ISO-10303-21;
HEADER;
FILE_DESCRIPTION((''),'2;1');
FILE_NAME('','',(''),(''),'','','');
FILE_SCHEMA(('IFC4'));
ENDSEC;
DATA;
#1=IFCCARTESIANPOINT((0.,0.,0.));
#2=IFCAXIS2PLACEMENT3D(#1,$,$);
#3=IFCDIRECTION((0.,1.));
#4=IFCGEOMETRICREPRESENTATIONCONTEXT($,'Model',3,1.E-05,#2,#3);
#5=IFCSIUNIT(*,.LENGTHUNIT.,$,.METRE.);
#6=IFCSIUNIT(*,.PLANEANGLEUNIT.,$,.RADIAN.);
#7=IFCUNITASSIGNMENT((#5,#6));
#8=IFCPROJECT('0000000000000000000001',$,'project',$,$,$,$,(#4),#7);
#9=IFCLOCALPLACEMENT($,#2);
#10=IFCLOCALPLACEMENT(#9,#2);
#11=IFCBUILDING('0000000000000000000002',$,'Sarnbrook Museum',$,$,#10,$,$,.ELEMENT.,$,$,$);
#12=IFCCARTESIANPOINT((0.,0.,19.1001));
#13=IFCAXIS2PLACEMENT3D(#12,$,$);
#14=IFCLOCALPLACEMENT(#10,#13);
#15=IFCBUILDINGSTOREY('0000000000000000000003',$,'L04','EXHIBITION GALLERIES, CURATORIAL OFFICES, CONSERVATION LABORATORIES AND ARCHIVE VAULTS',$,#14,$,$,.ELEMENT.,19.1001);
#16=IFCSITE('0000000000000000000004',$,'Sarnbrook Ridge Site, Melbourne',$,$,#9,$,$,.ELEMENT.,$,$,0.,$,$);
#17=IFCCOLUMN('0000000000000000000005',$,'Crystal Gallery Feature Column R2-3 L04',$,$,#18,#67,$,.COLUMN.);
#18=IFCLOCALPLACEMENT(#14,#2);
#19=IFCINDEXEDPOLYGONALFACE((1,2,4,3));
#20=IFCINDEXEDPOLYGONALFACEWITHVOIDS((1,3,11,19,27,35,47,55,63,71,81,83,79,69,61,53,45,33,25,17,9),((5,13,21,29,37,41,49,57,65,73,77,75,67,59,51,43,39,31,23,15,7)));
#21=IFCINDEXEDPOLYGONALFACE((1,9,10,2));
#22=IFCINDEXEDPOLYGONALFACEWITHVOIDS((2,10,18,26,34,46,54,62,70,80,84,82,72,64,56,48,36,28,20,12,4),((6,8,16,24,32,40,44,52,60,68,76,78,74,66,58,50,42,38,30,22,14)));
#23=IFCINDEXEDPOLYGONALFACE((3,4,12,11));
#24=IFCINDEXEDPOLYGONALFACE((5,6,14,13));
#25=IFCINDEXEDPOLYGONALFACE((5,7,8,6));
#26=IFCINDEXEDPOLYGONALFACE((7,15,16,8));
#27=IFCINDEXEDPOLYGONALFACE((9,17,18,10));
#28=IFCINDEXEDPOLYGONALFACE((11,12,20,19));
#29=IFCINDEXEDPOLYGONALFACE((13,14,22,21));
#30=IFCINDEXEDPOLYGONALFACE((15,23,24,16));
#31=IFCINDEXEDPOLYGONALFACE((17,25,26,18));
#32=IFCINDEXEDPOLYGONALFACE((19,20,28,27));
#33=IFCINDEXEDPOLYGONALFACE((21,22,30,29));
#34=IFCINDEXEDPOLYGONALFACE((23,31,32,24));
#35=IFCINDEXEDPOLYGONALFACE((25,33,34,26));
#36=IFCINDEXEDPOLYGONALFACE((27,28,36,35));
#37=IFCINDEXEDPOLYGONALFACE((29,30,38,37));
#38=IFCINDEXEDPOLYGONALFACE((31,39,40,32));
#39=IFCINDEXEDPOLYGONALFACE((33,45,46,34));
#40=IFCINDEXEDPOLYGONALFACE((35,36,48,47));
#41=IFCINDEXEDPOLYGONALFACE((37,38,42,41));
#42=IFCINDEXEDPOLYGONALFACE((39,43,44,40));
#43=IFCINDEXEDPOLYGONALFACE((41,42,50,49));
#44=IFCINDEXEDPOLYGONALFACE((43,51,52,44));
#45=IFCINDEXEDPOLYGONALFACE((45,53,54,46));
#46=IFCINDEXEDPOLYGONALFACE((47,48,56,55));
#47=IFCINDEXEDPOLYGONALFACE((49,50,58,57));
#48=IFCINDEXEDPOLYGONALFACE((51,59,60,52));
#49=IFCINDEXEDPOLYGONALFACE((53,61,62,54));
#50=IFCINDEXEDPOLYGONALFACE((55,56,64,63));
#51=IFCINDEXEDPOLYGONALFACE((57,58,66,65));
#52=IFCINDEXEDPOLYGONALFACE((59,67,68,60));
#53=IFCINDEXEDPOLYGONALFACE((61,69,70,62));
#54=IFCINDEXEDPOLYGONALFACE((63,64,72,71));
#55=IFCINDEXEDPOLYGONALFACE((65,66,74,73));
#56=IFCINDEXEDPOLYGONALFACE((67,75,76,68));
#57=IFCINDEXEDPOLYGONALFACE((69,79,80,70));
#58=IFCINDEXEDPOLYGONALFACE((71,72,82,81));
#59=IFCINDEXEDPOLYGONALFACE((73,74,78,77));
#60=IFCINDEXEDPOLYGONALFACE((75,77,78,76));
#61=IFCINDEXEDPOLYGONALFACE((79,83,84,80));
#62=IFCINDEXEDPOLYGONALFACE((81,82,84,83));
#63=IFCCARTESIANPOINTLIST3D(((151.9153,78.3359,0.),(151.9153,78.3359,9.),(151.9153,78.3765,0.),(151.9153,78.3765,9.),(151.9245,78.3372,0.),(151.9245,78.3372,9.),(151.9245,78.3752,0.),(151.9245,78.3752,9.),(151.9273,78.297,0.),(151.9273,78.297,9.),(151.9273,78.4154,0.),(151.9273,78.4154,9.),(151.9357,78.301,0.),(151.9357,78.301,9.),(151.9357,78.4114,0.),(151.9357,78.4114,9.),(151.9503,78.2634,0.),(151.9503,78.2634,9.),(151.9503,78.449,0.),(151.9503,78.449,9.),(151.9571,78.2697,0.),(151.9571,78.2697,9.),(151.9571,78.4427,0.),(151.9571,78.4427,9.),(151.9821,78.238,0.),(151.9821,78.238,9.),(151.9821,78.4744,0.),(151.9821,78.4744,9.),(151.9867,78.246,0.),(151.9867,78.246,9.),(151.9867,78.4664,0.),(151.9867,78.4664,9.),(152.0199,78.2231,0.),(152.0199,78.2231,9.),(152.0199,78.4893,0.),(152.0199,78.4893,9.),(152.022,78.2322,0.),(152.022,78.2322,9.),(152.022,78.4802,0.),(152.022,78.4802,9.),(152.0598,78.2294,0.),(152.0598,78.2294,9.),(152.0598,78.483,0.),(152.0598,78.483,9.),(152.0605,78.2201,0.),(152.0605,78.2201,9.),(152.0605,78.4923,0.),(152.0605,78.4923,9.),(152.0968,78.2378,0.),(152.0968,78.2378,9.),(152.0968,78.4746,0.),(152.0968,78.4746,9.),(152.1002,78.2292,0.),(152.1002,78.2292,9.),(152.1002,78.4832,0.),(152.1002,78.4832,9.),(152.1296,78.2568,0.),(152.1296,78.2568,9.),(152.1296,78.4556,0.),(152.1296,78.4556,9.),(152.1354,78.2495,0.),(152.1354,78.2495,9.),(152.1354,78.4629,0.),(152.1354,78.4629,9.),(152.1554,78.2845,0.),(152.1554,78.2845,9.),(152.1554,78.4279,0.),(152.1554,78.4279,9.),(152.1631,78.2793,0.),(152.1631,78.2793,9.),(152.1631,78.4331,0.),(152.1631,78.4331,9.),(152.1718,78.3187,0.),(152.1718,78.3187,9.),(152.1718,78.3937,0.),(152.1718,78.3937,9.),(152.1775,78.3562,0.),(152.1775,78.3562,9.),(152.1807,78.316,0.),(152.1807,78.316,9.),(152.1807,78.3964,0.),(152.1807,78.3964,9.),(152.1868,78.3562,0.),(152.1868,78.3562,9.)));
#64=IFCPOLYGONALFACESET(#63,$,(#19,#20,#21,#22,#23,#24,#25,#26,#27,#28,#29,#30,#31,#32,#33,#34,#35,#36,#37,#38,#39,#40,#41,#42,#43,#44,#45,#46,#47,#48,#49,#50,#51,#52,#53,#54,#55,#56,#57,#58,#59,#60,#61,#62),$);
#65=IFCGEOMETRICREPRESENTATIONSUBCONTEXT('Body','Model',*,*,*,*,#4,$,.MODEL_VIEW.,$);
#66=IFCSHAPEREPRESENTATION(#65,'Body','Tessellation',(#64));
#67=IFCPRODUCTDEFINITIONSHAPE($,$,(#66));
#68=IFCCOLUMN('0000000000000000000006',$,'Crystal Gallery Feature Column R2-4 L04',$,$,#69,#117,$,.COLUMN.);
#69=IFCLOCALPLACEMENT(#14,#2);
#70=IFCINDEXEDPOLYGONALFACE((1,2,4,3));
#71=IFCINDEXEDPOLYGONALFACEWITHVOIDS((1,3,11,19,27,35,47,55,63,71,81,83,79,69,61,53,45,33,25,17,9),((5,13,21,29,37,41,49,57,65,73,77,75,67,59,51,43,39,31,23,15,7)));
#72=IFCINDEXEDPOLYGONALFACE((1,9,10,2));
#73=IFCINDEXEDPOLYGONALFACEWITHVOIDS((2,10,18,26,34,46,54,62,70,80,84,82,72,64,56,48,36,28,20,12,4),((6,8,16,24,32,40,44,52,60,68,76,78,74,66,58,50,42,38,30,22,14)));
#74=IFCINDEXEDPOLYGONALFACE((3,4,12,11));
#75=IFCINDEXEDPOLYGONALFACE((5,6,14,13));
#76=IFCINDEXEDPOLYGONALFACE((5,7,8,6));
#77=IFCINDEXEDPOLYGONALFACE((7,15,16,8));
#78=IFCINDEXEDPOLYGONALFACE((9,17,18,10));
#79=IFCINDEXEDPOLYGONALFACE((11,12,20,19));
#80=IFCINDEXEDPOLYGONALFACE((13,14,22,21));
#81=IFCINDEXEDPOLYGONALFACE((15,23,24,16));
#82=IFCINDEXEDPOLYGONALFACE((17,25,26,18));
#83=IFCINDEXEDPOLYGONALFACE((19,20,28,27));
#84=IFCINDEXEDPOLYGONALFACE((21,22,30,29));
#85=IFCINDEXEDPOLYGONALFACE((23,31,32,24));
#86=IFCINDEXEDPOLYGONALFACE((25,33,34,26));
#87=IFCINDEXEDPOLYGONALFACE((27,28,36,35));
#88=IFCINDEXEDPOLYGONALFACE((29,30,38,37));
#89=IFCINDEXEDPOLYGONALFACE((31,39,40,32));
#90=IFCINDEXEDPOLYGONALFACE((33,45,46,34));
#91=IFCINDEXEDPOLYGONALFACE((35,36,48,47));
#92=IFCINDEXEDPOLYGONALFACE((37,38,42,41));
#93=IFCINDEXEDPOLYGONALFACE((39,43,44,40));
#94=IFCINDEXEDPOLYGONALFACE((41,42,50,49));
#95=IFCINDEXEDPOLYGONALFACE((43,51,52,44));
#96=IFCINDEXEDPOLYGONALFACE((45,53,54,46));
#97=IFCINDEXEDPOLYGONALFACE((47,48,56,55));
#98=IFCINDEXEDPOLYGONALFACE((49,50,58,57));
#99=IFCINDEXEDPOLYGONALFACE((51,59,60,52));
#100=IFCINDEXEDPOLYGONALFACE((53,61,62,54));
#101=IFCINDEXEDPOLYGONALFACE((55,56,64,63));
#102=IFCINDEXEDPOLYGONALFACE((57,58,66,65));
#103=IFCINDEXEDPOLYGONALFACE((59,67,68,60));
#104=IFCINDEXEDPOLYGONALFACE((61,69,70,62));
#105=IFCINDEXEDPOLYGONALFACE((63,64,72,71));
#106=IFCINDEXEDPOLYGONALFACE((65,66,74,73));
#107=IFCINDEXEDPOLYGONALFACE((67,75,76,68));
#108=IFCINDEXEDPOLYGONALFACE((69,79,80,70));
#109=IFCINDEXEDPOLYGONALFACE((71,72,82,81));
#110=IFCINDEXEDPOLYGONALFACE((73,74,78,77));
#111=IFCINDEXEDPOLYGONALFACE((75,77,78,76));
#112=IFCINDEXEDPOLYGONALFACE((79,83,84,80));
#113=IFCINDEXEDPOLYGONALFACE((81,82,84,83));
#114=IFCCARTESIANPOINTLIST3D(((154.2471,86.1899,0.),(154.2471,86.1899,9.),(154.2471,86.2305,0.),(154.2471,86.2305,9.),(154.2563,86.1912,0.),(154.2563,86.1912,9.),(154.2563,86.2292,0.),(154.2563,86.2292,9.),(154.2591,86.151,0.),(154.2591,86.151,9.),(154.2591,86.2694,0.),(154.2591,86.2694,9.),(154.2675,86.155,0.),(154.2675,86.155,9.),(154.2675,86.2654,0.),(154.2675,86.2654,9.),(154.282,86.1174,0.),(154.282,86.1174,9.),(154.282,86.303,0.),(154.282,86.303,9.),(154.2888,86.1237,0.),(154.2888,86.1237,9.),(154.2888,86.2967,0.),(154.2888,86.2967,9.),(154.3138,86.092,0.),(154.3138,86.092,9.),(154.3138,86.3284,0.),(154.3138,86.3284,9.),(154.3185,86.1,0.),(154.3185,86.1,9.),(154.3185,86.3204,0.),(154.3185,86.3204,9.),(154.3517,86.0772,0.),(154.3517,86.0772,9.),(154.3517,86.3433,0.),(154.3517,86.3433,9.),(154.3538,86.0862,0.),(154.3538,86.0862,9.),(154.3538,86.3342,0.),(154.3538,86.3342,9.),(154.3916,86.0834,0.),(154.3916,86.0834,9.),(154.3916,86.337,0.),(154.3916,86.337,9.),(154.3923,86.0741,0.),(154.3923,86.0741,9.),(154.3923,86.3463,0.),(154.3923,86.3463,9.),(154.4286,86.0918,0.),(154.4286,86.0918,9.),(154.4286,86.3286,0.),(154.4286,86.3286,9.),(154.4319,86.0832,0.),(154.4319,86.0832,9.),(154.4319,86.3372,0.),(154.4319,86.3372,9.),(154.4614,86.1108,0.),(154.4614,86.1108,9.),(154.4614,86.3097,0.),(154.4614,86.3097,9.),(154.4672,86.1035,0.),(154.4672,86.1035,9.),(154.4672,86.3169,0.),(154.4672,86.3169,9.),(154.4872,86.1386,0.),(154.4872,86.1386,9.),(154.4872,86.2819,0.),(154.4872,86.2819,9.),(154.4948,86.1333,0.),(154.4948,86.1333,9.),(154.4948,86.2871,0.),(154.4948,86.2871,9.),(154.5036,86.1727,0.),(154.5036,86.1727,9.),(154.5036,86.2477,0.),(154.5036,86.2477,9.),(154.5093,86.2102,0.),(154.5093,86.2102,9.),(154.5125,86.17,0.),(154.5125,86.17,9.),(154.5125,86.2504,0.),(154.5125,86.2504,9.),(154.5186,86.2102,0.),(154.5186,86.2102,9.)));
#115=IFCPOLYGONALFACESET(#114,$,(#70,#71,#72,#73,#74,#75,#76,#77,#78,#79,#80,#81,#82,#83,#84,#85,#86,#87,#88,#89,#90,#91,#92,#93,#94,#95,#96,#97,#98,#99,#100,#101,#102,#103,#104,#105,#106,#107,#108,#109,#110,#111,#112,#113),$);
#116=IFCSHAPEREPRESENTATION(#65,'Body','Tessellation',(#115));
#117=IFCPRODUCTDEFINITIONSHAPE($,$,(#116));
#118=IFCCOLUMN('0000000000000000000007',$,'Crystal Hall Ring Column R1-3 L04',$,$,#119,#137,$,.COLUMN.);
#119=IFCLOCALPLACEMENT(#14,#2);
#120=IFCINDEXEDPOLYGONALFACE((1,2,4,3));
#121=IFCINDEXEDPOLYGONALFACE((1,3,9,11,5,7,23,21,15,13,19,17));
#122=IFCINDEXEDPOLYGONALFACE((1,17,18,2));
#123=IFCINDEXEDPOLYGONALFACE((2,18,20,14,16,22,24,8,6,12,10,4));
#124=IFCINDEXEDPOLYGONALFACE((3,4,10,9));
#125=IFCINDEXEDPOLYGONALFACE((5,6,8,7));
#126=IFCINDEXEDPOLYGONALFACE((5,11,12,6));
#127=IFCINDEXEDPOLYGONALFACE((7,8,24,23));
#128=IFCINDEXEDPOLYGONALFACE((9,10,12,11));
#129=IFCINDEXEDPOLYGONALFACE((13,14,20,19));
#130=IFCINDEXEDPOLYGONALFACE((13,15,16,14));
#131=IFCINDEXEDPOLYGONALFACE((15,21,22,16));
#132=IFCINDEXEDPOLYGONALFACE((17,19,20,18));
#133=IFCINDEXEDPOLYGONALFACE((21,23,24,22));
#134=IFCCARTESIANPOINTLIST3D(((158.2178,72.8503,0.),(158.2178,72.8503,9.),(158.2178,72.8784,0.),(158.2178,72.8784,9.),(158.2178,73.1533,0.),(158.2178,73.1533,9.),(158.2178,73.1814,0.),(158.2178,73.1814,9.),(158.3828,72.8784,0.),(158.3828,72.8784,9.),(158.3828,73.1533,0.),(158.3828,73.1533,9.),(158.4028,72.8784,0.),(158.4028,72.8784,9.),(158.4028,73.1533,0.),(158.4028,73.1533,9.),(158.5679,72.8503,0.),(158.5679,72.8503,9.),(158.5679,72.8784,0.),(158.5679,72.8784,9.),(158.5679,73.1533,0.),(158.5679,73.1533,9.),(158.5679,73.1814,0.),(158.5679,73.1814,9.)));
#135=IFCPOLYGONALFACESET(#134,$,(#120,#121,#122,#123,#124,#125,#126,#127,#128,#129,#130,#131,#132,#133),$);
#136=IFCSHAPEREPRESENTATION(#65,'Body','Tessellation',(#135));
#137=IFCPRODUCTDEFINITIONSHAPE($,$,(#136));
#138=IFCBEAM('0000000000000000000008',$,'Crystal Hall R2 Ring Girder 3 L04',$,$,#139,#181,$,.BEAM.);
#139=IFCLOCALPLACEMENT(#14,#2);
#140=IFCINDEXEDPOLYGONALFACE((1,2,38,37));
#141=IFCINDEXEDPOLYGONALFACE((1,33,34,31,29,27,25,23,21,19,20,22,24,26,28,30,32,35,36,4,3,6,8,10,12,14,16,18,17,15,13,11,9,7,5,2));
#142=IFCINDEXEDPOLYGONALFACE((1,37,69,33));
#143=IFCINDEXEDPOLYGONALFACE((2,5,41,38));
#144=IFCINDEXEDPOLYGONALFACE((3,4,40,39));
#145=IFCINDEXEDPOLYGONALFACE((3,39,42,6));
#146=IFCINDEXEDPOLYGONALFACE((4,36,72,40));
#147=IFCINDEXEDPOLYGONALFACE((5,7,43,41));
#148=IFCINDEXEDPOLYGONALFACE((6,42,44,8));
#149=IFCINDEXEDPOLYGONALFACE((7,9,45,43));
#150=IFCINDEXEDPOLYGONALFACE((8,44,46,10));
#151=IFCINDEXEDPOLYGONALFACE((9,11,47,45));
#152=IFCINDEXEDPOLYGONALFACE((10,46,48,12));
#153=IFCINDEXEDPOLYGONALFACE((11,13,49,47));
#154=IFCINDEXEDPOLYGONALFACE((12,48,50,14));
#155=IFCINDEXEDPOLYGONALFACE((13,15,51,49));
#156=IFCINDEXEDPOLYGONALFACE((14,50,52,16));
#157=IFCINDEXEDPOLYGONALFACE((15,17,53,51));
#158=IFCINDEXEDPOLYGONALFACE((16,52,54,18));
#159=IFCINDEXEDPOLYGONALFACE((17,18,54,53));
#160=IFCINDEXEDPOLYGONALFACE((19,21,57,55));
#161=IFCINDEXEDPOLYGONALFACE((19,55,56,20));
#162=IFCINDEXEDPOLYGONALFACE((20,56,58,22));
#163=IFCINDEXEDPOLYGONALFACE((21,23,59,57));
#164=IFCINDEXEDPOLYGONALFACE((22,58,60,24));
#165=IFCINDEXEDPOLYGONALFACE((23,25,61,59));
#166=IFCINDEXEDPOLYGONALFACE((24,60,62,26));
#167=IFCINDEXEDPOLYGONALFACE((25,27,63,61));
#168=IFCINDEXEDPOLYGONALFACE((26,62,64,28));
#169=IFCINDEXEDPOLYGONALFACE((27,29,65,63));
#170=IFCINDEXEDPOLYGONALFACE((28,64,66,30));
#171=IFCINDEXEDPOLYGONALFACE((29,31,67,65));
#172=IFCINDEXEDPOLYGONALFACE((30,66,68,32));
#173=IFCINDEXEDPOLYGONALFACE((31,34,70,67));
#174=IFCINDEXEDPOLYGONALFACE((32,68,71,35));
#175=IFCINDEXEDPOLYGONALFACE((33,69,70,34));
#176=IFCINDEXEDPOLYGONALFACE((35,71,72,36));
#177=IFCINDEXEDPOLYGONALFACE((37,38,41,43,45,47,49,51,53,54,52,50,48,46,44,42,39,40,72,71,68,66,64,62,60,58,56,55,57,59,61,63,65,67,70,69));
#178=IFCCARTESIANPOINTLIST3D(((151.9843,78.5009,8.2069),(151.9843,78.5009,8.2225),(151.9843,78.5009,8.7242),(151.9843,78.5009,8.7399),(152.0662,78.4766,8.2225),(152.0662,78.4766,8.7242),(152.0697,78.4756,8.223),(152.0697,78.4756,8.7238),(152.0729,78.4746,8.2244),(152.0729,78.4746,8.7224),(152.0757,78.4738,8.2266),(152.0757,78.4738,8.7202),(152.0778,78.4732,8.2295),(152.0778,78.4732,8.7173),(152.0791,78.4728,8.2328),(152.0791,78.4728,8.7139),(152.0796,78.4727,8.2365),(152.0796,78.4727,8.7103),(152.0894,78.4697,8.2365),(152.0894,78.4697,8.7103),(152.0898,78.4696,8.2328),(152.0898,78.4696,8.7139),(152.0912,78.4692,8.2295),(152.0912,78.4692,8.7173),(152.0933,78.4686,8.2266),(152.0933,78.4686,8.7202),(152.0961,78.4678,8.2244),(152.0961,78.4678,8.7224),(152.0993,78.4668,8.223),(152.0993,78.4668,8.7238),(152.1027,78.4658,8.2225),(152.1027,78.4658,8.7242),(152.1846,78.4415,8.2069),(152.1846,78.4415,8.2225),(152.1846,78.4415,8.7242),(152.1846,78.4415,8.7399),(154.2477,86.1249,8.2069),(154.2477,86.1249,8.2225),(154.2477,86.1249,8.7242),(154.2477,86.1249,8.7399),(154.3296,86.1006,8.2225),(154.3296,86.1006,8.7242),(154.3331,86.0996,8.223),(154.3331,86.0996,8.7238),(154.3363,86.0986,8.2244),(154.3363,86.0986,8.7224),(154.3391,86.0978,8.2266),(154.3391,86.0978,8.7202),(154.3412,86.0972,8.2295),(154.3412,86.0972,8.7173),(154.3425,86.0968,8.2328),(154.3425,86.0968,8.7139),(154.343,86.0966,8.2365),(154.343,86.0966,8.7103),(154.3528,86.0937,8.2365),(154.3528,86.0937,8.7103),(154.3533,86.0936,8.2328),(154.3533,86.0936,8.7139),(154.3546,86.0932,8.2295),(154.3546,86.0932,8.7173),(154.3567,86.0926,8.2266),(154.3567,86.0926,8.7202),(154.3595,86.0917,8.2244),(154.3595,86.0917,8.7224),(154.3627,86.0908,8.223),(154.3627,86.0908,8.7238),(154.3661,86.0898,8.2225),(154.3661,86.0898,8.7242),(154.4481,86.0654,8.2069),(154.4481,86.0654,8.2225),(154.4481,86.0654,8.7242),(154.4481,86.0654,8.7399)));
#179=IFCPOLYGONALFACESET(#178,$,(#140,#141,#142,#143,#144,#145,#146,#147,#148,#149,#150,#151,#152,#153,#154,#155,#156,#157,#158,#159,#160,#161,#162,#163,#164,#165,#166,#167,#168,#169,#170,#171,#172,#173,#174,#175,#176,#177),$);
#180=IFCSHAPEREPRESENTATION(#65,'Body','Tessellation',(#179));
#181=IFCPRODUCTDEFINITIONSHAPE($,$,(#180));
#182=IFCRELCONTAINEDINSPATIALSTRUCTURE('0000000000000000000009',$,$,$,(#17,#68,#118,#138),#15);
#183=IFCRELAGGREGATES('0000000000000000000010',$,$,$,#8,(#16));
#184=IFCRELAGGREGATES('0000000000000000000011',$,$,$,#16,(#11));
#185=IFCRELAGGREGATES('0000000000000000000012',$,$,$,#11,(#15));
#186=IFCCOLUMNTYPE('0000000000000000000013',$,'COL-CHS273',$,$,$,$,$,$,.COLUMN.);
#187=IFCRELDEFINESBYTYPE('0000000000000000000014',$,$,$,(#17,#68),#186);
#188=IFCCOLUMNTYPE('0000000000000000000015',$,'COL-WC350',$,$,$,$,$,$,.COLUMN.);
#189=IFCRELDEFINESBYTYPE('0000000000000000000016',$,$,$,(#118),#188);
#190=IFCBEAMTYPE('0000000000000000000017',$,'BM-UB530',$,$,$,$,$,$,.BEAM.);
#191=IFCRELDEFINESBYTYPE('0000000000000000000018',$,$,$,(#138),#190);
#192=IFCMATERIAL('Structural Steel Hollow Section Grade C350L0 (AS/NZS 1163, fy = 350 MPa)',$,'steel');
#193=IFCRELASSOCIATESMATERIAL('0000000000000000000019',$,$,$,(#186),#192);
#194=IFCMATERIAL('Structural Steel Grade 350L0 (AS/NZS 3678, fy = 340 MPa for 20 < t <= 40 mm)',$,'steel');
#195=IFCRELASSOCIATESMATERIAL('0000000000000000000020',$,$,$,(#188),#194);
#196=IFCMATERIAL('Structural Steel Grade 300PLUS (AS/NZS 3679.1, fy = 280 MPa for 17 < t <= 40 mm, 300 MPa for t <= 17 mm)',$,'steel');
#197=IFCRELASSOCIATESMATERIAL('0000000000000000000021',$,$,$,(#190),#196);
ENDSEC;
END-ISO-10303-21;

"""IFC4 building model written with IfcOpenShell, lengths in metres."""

from ifc_helpers import new_model, si_unit, direction, frame, origin, origin_2d, place, context, subcontext, project, spatial, hollow_circle, i_section, extrude, material, material_profile, profile_set, type_object, element, save


model = new_model("IFC4")

# Units and contexts
model_context = context("Model", 3, precision=1e-05, world=origin(), true_north=direction((0.0, 1.0)))
body_context = subcontext(model_context, "Body", "Model", "MODEL_VIEW")
ifc_project = project(units=[si_unit("LENGTHUNIT", "METRE"), si_unit("PLANEANGLEUNIT", "RADIAN")], contexts=[model_context])

# Site, building, storey
site_placement = place(None, origin())
site = spatial("IfcSite", under=ifc_project, at=site_placement, Name="Sarnbrook Ridge Site, Melbourne", CompositionType="ELEMENT", RefElevation=0.0)
building_placement = place(site_placement, origin())
building = spatial("IfcBuilding", under=site, at=building_placement, Name="Sarnbrook Museum", CompositionType="ELEMENT")
storey_placement = place(building_placement, frame((0.0, 0.0, 19.1001)))
storey = spatial("IfcBuildingStorey", under=building, at=storey_placement, Name="L04", Description="EXHIBITION GALLERIES, CURATORIAL OFFICES, CONSERVATION LABORATORIES AND ARCHIVE VAULTS", CompositionType="ELEMENT", Elevation=19.1001)

# Columns
ifc_material_1 = material(Name="Structural Steel Hollow Section Grade C350L0 (AS/NZS 1163, fy = 350 MPa)", Category="steel")
ifc_material_profile_1 = material_profile(ifc_material_1, hollow_circle(Radius=0.1365, WallThickness=0.0093, at=origin_2d()), Name="273.1x9.3CHS")
ifc_profile_set_1 = profile_set([ifc_material_profile_1], Name="Structural Steel Hollow Section Grade C350L0 (AS/NZS 1163, fy = 350 MPa)")
column_type_1 = type_object("IfcColumnType", Name="COL-CHS273", PredefinedType="COLUMN", material=ifc_profile_set_1)
for number, where, z_axis, x_axis, name in (
    (1, (152.0503, 78.3562, 0.0), (0.0, 0.0, 1.0), (1.0, 0.0, 0.0), "Crystal Gallery Feature Column R2-3 L04"),
    (2, (154.3821, 86.2102, 0.0), (0.0, 0.0, 1.0), (1.0, 0.0, 0.0), "Crystal Gallery Feature Column R2-4 L04"),
):
    element("IfcColumn", number, at=place(storey_placement, frame(where, z_axis=z_axis, x_axis=x_axis)), inside=storey, type_object=column_type_1, Name=name, PredefinedType="COLUMN", context=body_context, shape_type="SweptSolid", body=[
        extrude(hollow_circle(Radius=0.1365, WallThickness=0.0093, at=origin_2d()), origin(), (0.0, 0.0, 1.0), 9.0),
    ])
ifc_material_2 = material(Name="Structural Steel Grade 350L0 (AS/NZS 3678, fy = 340 MPa for 20 < t <= 40 mm)", Category="steel")
ifc_material_profile_2 = material_profile(ifc_material_2, i_section(OverallWidth=0.3501, OverallDepth=0.3311, WebThickness=0.02, FlangeThickness=0.0281, at=origin_2d()), Name="350WC197")
ifc_profile_set_2 = profile_set([ifc_material_profile_2], Name="Structural Steel Grade 350L0 (AS/NZS 3678, fy = 340 MPa for 20 < t <= 40 mm)")
column_type_2 = type_object("IfcColumnType", Name="COL-WC350", PredefinedType="COLUMN", material=ifc_profile_set_2)
column_placement = place(storey_placement, frame((158.3928, 73.0159, 0.0), z_axis=(0.0, 0.0, 1.0), x_axis=(1.0, 0.0, 0.0)))
element("IfcColumn", 3, at=column_placement, inside=storey, type_object=column_type_2, Name="Crystal Hall Ring Column R1-3 L04", PredefinedType="COLUMN", context=body_context, shape_type="SweptSolid", body=[
    extrude(i_section(OverallWidth=0.3501, OverallDepth=0.3311, WebThickness=0.02, FlangeThickness=0.0281, at=origin_2d()), origin(), (0.0, 0.0, 1.0), 9.0),
])

# Beam
ifc_material_3 = material(Name="Structural Steel Grade 300PLUS (AS/NZS 3679.1, fy = 280 MPa for 17 < t <= 40 mm, 300 MPa for t <= 17 mm)", Category="steel")
ifc_material_profile_3 = material_profile(ifc_material_3, i_section(OverallWidth=0.209, OverallDepth=0.533, WebThickness=0.0103, FlangeThickness=0.0156, FilletRadius=0.0139, at=origin_2d()), Name="530UB92.4")
ifc_profile_set_3 = profile_set([ifc_material_profile_3], Name="Structural Steel Grade 300PLUS (AS/NZS 3679.1, fy = 280 MPa for 17 < t <= 40 mm, 300 MPa for t <= 17 mm)")
beam_type_1 = type_object("IfcBeamType", Name="BM-UB530", PredefinedType="BEAM", material=ifc_profile_set_3)
beam_1_placement = place(storey_placement, frame((152.0845, 78.4712, 8.4734), z_axis=(0.284604, 0.958645, 0.0), x_axis=(-0.958645, 0.284604, 0.0)))
element("IfcBeam", 4, at=beam_1_placement, inside=storey, type_object=beam_type_1, Name="Crystal Hall R2 Ring Girder 3 L04", PredefinedType="BEAM", context=body_context, shape_type="SweptSolid", body=[
    extrude(i_section(OverallWidth=0.209, OverallDepth=0.533, WebThickness=0.0103, FlangeThickness=0.0156, FilletRadius=0.0139, at=origin_2d()), origin(), (0.0, 0.0, 1.0), 7.9529),
])

save(model, "model.ifc")
